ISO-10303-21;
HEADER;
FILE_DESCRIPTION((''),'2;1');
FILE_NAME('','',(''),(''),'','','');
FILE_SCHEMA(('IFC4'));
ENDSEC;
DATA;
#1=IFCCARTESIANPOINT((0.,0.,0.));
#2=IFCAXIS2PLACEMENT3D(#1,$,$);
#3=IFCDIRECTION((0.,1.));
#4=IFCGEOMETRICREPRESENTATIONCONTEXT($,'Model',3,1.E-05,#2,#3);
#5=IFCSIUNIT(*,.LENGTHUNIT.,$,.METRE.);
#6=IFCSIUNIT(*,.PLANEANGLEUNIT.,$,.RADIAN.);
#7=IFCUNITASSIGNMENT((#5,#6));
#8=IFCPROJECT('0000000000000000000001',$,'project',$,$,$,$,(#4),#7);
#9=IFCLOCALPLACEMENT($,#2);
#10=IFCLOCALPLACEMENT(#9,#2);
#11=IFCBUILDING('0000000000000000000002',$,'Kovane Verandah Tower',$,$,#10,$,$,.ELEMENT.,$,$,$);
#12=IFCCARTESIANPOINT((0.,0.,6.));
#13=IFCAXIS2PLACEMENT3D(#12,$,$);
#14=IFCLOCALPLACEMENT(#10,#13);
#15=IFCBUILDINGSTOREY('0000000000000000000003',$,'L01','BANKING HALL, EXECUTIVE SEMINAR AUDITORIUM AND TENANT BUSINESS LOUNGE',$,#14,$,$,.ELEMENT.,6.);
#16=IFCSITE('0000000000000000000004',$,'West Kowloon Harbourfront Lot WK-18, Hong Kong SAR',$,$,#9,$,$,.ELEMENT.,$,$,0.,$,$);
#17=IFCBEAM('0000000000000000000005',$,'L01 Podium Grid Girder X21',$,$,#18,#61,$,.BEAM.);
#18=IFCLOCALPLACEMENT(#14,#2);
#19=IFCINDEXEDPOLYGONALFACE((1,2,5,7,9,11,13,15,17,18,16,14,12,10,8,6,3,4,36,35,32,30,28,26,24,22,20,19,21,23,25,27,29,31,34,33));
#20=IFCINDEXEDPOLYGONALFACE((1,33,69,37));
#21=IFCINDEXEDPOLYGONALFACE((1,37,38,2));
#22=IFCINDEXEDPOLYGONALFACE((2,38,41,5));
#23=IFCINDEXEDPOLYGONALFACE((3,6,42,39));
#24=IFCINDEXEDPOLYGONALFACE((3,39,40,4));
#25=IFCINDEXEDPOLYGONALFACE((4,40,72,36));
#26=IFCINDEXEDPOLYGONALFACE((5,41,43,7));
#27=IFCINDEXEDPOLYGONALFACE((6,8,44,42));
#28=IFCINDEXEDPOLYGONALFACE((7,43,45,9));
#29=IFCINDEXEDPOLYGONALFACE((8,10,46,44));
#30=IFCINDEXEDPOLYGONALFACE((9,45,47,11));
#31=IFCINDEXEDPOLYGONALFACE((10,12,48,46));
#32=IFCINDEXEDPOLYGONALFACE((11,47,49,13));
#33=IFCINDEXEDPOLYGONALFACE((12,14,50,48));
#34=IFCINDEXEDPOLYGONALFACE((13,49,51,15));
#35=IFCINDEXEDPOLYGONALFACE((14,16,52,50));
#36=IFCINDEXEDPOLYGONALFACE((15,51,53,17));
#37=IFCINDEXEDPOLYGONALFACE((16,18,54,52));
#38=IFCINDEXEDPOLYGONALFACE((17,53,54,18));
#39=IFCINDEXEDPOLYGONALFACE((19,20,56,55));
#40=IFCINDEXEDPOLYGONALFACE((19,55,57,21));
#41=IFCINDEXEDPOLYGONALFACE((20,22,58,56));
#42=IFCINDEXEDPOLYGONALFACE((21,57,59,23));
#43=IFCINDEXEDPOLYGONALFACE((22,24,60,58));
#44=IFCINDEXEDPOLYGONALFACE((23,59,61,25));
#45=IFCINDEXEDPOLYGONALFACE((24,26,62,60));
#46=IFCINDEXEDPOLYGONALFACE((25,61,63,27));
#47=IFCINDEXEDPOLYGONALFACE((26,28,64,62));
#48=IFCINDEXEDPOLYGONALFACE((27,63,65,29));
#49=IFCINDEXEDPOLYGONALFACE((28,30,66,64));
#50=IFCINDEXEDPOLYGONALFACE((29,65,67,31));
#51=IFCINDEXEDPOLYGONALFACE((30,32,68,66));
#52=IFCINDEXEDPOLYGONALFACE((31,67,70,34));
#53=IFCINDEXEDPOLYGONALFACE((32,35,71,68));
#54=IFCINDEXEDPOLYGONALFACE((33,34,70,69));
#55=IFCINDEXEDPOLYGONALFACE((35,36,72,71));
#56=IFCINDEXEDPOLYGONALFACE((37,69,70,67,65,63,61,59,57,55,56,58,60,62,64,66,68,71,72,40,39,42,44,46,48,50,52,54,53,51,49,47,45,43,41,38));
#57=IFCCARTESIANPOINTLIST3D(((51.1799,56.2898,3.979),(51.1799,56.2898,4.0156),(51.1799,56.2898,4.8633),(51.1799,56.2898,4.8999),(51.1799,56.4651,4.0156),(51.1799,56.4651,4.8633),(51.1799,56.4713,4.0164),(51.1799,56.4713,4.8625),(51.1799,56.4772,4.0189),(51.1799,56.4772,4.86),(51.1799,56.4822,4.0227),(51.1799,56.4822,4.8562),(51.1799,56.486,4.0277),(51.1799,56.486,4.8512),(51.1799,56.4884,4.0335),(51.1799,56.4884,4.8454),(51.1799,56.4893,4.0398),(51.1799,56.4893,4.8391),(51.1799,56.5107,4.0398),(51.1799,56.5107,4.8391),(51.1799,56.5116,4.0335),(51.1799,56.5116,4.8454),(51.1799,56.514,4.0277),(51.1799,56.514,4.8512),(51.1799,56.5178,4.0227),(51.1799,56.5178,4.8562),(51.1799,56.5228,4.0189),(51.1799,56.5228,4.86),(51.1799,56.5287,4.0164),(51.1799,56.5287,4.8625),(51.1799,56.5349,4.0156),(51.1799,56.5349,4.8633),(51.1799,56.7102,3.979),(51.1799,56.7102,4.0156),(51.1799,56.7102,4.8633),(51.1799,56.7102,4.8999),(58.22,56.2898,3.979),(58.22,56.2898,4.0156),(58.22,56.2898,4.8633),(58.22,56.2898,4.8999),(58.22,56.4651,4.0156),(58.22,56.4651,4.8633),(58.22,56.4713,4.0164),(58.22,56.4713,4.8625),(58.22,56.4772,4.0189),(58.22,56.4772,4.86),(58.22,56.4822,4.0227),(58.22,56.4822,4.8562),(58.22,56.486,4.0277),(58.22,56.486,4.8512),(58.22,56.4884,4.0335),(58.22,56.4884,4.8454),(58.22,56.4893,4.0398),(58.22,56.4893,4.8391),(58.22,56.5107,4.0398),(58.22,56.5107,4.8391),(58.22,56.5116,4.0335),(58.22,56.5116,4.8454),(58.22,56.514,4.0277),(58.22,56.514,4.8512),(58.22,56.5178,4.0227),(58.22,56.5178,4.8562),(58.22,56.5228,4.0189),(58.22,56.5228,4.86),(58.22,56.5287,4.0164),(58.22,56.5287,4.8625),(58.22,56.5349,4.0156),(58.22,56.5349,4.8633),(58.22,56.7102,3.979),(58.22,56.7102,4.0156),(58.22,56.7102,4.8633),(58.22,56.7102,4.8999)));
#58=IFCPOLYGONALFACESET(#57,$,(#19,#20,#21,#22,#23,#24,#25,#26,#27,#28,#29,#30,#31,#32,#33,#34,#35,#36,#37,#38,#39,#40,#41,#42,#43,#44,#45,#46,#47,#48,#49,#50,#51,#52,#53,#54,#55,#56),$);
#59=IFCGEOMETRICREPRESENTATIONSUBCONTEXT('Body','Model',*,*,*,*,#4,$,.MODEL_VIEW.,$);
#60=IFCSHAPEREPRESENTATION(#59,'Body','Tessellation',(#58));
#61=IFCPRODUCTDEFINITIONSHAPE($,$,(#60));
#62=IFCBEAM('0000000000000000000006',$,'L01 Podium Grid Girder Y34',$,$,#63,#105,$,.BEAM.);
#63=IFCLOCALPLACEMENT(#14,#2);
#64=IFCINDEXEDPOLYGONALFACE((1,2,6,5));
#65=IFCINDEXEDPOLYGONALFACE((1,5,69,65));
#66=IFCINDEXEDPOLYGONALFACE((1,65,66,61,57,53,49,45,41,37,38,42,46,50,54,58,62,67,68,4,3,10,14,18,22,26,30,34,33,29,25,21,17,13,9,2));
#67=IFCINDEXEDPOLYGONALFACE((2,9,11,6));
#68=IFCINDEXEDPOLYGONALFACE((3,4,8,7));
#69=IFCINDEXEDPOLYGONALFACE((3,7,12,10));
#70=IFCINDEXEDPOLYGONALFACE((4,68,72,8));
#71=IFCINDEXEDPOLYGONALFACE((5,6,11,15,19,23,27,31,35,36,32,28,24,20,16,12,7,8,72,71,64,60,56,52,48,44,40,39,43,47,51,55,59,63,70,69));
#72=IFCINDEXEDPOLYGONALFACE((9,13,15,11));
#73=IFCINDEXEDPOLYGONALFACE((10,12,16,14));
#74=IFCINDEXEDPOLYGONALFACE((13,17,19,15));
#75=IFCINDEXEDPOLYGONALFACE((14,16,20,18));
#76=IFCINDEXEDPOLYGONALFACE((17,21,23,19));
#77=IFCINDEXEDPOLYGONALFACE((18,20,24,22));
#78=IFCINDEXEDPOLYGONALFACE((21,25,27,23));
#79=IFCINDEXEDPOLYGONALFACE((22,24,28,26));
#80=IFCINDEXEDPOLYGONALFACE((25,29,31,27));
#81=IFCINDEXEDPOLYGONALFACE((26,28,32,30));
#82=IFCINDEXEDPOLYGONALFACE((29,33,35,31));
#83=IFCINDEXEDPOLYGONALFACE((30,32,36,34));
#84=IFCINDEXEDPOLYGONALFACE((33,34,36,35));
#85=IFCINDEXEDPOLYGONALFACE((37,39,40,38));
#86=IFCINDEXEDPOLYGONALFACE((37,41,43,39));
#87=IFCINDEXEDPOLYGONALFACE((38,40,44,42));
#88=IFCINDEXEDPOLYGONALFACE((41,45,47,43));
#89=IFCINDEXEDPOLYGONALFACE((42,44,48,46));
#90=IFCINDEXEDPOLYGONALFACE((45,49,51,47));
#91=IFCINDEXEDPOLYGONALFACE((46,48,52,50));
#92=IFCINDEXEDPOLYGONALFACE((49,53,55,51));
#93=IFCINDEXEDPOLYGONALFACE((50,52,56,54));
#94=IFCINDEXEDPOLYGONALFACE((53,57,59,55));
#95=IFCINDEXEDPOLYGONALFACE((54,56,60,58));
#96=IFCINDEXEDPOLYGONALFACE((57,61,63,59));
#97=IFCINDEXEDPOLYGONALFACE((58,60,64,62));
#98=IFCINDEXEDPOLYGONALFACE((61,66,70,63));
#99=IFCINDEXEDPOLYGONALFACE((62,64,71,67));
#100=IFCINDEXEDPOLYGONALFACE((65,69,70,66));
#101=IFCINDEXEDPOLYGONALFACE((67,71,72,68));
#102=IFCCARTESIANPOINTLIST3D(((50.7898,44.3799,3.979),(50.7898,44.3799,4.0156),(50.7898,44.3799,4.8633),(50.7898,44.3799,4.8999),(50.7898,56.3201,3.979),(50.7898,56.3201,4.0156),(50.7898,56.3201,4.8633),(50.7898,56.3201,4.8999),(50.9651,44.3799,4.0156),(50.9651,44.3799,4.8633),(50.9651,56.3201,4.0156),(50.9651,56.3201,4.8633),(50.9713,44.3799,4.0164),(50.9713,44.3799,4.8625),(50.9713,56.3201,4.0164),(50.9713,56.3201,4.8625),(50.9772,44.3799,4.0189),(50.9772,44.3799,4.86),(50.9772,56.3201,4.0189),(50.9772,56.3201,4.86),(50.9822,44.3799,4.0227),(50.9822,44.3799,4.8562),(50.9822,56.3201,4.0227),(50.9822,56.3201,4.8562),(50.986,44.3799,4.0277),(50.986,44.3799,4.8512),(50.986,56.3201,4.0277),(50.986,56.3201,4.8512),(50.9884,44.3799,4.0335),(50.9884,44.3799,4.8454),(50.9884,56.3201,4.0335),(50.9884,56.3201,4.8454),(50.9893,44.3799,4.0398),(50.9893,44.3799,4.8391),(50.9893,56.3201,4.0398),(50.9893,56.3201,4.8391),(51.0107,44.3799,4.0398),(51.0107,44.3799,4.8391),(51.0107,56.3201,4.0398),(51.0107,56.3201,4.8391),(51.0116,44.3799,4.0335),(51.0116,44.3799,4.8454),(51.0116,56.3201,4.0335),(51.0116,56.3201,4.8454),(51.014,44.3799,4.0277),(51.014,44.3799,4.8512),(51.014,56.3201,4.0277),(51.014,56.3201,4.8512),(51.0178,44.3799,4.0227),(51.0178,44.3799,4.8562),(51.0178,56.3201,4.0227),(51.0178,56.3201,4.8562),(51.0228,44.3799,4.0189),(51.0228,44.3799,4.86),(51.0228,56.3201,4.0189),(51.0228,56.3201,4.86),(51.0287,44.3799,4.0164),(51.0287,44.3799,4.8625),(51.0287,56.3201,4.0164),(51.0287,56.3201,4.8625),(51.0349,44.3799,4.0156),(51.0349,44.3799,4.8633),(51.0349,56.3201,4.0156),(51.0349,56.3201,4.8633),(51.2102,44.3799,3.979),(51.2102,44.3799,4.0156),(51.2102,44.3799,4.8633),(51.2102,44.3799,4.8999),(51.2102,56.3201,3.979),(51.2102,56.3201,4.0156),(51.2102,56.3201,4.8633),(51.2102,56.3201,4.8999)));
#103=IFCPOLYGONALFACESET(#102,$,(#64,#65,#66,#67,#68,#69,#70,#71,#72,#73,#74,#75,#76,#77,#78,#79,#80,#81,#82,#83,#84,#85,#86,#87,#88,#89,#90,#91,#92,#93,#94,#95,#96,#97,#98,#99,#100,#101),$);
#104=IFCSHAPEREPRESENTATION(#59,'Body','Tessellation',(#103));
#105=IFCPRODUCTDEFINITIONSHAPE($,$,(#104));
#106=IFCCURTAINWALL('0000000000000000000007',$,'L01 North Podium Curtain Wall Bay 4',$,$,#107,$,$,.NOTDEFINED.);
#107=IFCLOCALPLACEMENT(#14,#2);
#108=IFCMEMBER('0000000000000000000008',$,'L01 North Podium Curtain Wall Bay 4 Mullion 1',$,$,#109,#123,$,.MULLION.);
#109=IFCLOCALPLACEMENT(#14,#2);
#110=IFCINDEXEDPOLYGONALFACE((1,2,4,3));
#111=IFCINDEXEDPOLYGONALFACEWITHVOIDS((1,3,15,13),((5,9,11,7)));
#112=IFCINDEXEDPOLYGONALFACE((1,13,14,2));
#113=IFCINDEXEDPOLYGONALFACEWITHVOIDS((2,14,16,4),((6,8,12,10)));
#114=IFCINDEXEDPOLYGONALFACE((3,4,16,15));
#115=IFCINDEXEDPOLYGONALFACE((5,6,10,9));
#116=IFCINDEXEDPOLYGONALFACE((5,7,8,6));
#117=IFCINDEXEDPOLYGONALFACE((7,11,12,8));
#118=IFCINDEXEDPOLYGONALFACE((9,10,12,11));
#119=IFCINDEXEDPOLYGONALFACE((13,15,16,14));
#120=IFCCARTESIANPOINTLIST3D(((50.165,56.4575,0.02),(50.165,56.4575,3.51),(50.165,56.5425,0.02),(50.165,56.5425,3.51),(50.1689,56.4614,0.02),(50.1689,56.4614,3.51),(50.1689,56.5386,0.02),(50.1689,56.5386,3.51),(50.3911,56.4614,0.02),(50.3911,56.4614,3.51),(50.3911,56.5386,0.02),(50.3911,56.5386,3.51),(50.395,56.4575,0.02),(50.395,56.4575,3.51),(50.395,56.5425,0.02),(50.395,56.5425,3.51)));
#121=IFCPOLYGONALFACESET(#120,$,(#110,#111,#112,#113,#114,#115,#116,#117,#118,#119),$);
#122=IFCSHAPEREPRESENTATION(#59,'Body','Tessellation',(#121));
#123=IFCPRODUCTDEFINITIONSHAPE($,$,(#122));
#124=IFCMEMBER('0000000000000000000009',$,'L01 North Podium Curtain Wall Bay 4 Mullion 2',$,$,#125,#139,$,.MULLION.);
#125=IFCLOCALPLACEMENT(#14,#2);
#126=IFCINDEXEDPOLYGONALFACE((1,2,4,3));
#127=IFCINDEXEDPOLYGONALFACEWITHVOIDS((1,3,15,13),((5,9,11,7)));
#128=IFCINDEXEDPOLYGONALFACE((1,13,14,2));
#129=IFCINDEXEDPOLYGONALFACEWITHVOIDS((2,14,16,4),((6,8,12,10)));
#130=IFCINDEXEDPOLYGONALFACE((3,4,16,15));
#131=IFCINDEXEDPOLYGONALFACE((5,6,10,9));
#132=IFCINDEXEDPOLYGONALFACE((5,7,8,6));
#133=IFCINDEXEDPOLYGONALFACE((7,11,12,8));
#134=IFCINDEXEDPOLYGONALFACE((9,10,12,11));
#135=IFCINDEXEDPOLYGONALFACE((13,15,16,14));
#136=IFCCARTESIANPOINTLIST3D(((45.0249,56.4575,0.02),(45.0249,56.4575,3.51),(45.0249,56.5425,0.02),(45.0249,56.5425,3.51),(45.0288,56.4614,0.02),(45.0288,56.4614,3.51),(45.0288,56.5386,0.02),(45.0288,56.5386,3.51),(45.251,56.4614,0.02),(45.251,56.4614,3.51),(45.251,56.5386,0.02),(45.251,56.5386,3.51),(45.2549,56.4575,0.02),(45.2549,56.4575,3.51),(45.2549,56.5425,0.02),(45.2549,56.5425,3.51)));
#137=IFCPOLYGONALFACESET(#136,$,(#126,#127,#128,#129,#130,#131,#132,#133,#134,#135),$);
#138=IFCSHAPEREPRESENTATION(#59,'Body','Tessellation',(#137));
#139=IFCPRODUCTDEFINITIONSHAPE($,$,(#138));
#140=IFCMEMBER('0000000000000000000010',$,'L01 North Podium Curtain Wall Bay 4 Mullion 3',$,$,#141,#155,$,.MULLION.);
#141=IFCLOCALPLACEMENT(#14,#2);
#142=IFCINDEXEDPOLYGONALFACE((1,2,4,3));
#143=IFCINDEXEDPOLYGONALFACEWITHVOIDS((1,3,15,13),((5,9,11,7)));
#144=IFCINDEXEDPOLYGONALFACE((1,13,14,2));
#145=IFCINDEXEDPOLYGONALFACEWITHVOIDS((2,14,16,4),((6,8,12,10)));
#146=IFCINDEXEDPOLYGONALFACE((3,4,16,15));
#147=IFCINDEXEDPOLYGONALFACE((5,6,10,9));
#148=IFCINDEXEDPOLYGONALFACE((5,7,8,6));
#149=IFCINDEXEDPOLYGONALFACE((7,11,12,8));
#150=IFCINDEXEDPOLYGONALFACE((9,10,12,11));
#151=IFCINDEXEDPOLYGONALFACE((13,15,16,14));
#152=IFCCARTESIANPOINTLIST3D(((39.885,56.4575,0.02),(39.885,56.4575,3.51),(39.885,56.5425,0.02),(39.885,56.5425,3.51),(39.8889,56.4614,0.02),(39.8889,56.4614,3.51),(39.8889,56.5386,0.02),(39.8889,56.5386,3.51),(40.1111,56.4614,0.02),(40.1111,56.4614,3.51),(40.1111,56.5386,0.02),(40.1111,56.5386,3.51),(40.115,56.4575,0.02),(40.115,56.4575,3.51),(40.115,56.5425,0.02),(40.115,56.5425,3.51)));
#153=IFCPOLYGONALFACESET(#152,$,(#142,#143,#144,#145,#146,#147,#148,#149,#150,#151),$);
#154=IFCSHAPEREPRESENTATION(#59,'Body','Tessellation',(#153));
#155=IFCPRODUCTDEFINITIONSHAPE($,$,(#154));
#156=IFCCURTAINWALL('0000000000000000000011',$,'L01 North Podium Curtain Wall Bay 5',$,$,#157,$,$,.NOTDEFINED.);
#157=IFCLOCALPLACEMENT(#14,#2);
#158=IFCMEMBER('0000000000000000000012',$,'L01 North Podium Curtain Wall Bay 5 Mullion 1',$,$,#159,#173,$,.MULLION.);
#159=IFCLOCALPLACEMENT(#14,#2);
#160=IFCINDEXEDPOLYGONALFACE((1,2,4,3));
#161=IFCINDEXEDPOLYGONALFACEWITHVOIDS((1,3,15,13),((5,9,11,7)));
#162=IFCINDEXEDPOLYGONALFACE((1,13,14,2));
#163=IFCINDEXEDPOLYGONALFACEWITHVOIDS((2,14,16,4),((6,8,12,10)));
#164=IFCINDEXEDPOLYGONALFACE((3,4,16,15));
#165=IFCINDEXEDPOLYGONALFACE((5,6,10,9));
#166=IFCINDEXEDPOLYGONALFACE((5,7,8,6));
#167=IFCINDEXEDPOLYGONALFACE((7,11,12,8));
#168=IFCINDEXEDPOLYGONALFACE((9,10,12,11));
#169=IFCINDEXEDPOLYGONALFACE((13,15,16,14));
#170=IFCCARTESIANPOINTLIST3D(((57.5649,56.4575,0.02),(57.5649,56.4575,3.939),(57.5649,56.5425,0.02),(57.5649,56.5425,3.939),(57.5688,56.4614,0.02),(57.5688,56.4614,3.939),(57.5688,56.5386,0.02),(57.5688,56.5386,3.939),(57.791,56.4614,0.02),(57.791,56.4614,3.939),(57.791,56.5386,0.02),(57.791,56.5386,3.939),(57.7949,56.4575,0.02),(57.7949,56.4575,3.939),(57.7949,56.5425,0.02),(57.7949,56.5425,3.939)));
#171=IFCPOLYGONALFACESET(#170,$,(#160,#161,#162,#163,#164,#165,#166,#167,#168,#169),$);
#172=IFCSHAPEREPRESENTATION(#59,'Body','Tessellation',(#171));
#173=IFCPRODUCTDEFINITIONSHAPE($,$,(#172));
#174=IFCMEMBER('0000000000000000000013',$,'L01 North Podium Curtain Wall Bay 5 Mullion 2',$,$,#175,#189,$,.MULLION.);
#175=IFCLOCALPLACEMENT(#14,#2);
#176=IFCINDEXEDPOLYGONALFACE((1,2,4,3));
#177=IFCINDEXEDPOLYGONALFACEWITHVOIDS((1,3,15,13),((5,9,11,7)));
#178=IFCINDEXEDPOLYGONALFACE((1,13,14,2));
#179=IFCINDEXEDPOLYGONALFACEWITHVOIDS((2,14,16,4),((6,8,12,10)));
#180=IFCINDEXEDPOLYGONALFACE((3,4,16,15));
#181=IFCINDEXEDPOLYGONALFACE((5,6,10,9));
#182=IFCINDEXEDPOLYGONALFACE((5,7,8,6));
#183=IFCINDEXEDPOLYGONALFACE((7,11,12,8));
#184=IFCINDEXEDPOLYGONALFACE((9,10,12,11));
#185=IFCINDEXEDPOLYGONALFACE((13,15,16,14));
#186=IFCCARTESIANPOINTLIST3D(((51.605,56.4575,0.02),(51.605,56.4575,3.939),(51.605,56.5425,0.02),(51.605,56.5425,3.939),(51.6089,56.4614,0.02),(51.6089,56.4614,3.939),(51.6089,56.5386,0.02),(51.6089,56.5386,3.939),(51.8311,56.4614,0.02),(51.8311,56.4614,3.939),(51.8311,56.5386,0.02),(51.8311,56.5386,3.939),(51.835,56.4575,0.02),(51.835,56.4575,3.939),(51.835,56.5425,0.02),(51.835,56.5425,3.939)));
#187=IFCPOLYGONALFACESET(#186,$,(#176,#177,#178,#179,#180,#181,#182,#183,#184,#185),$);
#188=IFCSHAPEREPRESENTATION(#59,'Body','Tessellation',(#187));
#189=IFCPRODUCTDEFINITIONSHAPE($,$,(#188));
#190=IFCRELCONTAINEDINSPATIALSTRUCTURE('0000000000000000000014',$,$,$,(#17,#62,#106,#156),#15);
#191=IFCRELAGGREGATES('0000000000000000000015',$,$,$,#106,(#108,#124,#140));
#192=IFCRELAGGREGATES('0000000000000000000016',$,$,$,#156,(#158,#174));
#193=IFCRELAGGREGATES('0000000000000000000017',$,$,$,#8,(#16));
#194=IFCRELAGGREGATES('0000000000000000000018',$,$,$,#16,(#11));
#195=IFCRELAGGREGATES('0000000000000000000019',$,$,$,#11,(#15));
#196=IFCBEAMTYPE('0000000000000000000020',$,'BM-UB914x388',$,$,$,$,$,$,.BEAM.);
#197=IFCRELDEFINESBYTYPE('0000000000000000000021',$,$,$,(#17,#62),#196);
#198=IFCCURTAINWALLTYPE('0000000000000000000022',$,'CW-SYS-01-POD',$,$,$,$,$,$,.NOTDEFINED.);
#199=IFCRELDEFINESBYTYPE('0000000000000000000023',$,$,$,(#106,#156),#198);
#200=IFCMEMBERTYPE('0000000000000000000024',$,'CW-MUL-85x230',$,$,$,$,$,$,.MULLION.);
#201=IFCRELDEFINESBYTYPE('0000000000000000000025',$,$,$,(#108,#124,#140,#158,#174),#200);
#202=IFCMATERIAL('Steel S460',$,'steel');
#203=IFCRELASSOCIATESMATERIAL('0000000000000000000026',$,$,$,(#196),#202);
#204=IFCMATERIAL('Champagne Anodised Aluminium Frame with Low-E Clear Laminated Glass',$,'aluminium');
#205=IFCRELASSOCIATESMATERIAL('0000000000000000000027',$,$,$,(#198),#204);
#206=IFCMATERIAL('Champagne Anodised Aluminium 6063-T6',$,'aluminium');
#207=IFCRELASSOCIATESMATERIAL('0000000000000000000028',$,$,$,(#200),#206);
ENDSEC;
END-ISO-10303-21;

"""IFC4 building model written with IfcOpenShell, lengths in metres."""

from ifc_helpers import new_model, si_unit, direction, frame, origin, origin_2d, place, context, subcontext, project, spatial, hollow_rectangle, i_section, extrude, material, material_profile, profile_set, type_object, element, aggregate, save


model = new_model("IFC4")

# Units and contexts
model_context = context("Model", 3, precision=1e-05, world=origin(), true_north=direction((0.0, 1.0)))
body_context = subcontext(model_context, "Body", "Model", "MODEL_VIEW")
ifc_project = project(units=[si_unit("LENGTHUNIT", "METRE"), si_unit("PLANEANGLEUNIT", "RADIAN")], contexts=[model_context])

# Site, building, storey
site_placement = place(None, origin())
site = spatial("IfcSite", under=ifc_project, at=site_placement, Name="West Kowloon Harbourfront Lot WK-18, Hong Kong SAR", CompositionType="ELEMENT", RefElevation=0.0)
building_placement = place(site_placement, origin())
building = spatial("IfcBuilding", under=site, at=building_placement, Name="Kovane Verandah Tower", CompositionType="ELEMENT")
storey_placement = place(building_placement, frame((0.0, 0.0, 6.0)))
storey = spatial("IfcBuildingStorey", under=building, at=storey_placement, Name="L01", Description="BANKING HALL, EXECUTIVE SEMINAR AUDITORIUM AND TENANT BUSINESS LOUNGE", CompositionType="ELEMENT", Elevation=6.0)

# Shared definitions
ifc_material_1 = material(Name="Steel S460", Category="steel")

# Beams
ifc_material_profile_1 = material_profile(ifc_material_1, i_section(OverallWidth=0.4204, OverallDepth=0.9209, WebThickness=0.0215, FlangeThickness=0.0366, FilletRadius=0.0242, at=origin_2d()), Name="UB914x419x388")
ifc_profile_set_1 = profile_set([ifc_material_profile_1], Name="Steel S460")
beam_type_1 = type_object("IfcBeamType", Name="BM-UB914x388", PredefinedType="BEAM", material=ifc_profile_set_1)
beam_1_placement = place(storey_placement, frame((51.1799, 56.5, 4.4395), z_axis=(1.0, 0.0, 0.0), x_axis=(0.0, 1.0, 0.0)))
element("IfcBeam", 1, at=beam_1_placement, inside=storey, type_object=beam_type_1, Name="L01 Podium Grid Girder X21", PredefinedType="BEAM", context=body_context, shape_type="SweptSolid", body=[
    extrude(i_section(OverallWidth=0.4204, OverallDepth=0.9209, WebThickness=0.0215, FlangeThickness=0.0366, FilletRadius=0.0242, at=origin_2d()), origin(), (0.0, 0.0, 1.0), 7.04),
])
beam_2_placement = place(storey_placement, frame((51.0, 44.3799, 4.4395), z_axis=(0.0, 1.0, 0.0), x_axis=(-1.0, 0.0, 0.0)))
element("IfcBeam", 2, at=beam_2_placement, inside=storey, type_object=beam_type_1, Name="L01 Podium Grid Girder Y34", PredefinedType="BEAM", context=body_context, shape_type="SweptSolid", body=[
    extrude(i_section(OverallWidth=0.4204, OverallDepth=0.9209, WebThickness=0.0215, FlangeThickness=0.0366, FilletRadius=0.0242, at=origin_2d()), origin(), (0.0, 0.0, 1.0), 11.9402),
])

# Curtain walls, members
ifc_material_2 = material(Name="Champagne Anodised Aluminium Frame with Low-E Clear Laminated Glass", Category="aluminium")
curtain_wall_type = type_object("IfcCurtainWallType", Name="CW-SYS-01-POD", PredefinedType="NOTDEFINED", material=ifc_material_2)
curtain_wall_1_placement = place(storey_placement, origin())
curtain_wall_1 = element("IfcCurtainWall", 3, at=curtain_wall_1_placement, inside=storey, type_object=curtain_wall_type, Name="L01 North Podium Curtain Wall Bay 4", PredefinedType="NOTDEFINED")
ifc_material_3 = material(Name="Champagne Anodised Aluminium 6063-T6", Category="aluminium")
ifc_material_profile_2 = material_profile(ifc_material_3, hollow_rectangle(XDim=0.085, YDim=0.23, WallThickness=0.0039, at=origin_2d()), Name="AL85x230x4")
ifc_profile_set_2 = profile_set([ifc_material_profile_2], Name="Champagne Anodised Aluminium 6063-T6")
member_type_1 = type_object("IfcMemberType", Name="CW-MUL-85x230", PredefinedType="MULLION", material=ifc_profile_set_2)
member_1_placement = place(storey_placement, frame((50.28, 56.5, 0.02), z_axis=(0.0, 0.0, 1.0), x_axis=(0.0, 1.0, 0.0)))
member_1 = element("IfcMember", 4, at=member_1_placement, type_object=member_type_1, Name="L01 North Podium Curtain Wall Bay 4 Mullion 1", PredefinedType="MULLION", context=body_context, shape_type="SweptSolid", body=[
    extrude(hollow_rectangle(XDim=0.085, YDim=0.23, WallThickness=0.0039, at=origin_2d()), origin(), (0.0, 0.0, 1.0), 3.49),
])
member_2_placement = place(storey_placement, frame((45.1399, 56.5, 0.02), z_axis=(0.0, 0.0, 1.0), x_axis=(0.0, 1.0, 0.0)))
member_2 = element("IfcMember", 5, at=member_2_placement, type_object=member_type_1, Name="L01 North Podium Curtain Wall Bay 4 Mullion 2", PredefinedType="MULLION", context=body_context, shape_type="SweptSolid", body=[
    extrude(hollow_rectangle(XDim=0.085, YDim=0.23, WallThickness=0.0039, at=origin_2d()), origin(), (0.0, 0.0, 1.0), 3.49),
])
member_3_placement = place(storey_placement, frame((40.0, 56.5, 0.02), z_axis=(0.0, 0.0, 1.0), x_axis=(0.0, 1.0, 0.0)))
member_3 = element("IfcMember", 6, at=member_3_placement, type_object=member_type_1, Name="L01 North Podium Curtain Wall Bay 4 Mullion 3", PredefinedType="MULLION", context=body_context, shape_type="SweptSolid", body=[
    extrude(hollow_rectangle(XDim=0.085, YDim=0.23, WallThickness=0.0039, at=origin_2d()), origin(), (0.0, 0.0, 1.0), 3.49),
])
curtain_wall_2_placement = place(storey_placement, origin())
curtain_wall_2 = element("IfcCurtainWall", 7, at=curtain_wall_2_placement, inside=storey, type_object=curtain_wall_type, Name="L01 North Podium Curtain Wall Bay 5", PredefinedType="NOTDEFINED")
member_4_placement = place(storey_placement, frame((57.6799, 56.5, 0.02), z_axis=(0.0, 0.0, 1.0), x_axis=(0.0, 1.0, 0.0)))
member_4 = element("IfcMember", 8, at=member_4_placement, type_object=member_type_1, Name="L01 North Podium Curtain Wall Bay 5 Mullion 1", PredefinedType="MULLION", context=body_context, shape_type="SweptSolid", body=[
    extrude(hollow_rectangle(XDim=0.085, YDim=0.23, WallThickness=0.0039, at=origin_2d()), origin(), (0.0, 0.0, 1.0), 3.9189),
])
member_5_placement = place(storey_placement, frame((51.72, 56.5, 0.02), z_axis=(0.0, 0.0, 1.0), x_axis=(0.0, 1.0, 0.0)))
member_5 = element("IfcMember", 9, at=member_5_placement, type_object=member_type_1, Name="L01 North Podium Curtain Wall Bay 5 Mullion 2", PredefinedType="MULLION", context=body_context, shape_type="SweptSolid", body=[
    extrude(hollow_rectangle(XDim=0.085, YDim=0.23, WallThickness=0.0039, at=origin_2d()), origin(), (0.0, 0.0, 1.0), 3.9189),
])

aggregate(curtain_wall_1, [member_1, member_2, member_3])
aggregate(curtain_wall_2, [member_4, member_5])

save(model, "model.ifc")
